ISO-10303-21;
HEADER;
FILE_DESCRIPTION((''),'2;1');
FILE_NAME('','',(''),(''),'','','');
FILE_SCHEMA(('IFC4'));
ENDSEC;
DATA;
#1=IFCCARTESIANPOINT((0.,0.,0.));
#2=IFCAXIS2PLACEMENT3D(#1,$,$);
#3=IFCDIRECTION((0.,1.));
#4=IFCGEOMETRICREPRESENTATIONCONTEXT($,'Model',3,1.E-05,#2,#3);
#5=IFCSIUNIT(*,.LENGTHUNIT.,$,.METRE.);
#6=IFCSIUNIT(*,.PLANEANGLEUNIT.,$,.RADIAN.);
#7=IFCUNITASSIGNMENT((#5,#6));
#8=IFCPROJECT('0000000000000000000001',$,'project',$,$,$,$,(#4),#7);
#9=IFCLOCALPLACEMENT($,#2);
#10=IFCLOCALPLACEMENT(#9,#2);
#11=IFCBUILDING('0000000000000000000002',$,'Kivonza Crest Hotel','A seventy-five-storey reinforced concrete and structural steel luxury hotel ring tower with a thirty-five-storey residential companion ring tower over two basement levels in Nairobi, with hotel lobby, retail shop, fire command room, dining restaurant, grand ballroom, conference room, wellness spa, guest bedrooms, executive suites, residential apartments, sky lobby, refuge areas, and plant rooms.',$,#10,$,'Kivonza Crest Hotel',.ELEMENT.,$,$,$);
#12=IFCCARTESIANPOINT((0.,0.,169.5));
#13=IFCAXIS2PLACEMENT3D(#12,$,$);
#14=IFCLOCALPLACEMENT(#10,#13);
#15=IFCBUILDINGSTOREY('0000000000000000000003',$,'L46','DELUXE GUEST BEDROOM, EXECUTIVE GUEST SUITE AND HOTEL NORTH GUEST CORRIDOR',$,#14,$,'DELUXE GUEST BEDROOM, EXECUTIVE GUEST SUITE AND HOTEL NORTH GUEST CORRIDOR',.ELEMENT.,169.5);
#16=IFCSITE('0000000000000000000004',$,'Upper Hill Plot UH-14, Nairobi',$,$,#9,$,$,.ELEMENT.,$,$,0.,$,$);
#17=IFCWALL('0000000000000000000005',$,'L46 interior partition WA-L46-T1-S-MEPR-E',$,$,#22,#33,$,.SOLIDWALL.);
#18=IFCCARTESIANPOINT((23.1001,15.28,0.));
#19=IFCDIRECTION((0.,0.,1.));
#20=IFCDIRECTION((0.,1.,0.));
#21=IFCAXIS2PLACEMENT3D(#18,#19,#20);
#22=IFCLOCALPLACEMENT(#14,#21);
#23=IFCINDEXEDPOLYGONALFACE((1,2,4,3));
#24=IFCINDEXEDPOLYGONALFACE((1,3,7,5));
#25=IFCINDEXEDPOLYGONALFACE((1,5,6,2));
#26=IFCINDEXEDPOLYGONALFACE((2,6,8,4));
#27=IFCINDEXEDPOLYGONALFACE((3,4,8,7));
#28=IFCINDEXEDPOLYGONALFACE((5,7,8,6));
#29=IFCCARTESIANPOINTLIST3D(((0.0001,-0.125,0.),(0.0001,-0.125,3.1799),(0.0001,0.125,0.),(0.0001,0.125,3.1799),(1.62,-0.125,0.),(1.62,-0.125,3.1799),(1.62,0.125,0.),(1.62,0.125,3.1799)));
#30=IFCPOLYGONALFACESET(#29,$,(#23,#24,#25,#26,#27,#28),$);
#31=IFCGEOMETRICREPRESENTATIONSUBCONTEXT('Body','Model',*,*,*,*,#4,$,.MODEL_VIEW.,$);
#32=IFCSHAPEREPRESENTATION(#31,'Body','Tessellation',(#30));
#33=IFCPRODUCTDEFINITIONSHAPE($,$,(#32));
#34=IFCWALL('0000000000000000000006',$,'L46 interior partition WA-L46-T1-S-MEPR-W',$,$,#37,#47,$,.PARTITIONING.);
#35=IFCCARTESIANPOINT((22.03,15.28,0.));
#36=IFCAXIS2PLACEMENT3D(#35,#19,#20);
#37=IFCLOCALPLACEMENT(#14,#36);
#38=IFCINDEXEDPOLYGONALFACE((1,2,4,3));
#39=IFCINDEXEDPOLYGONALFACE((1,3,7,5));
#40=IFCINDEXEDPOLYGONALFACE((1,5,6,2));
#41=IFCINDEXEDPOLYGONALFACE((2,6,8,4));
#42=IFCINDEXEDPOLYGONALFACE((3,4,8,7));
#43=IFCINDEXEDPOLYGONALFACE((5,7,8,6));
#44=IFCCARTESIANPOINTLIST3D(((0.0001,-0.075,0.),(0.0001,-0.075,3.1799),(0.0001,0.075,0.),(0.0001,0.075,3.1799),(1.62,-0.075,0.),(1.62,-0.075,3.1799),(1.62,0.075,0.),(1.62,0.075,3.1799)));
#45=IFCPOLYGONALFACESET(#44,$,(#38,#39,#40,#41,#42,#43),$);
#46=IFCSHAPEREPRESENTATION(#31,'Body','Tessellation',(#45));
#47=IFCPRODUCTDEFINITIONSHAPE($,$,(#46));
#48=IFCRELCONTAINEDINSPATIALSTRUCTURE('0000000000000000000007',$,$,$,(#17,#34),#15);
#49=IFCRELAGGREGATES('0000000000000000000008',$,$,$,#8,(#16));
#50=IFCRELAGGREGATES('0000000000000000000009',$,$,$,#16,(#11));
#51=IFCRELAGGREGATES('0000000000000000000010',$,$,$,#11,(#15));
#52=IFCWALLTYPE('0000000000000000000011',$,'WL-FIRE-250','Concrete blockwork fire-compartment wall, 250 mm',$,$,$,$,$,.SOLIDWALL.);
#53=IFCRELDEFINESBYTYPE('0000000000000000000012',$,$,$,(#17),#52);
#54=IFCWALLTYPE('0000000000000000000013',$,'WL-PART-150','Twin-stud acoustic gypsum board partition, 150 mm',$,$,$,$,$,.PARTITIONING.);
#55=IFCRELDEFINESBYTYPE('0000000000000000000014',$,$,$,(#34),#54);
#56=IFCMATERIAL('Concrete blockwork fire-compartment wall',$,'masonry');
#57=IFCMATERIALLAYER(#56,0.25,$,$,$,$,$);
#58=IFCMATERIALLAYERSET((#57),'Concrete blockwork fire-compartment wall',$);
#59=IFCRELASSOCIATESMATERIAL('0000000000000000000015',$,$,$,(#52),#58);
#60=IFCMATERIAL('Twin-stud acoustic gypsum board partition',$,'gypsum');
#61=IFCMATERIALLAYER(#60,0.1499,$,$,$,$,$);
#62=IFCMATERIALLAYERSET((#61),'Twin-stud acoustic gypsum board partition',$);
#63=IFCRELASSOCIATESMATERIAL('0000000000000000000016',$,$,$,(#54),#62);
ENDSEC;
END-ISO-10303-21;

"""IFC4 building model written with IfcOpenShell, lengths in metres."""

from ifc_helpers import new_model, si_unit, direction, frame, frame_2d, origin, place, context, subcontext, project, spatial, rectangle, extrude, material, layer, layer_set, type_object, element, save


model = new_model("IFC4")

# Units and contexts
model_context = context("Model", 3, precision=1e-05, world=origin(), true_north=direction((0.0, 1.0)))
body_context = subcontext(model_context, "Body", "Model", "MODEL_VIEW")
ifc_project = project(units=[si_unit("LENGTHUNIT", "METRE"), si_unit("PLANEANGLEUNIT", "RADIAN")], contexts=[model_context])

# Site, building, storey
site_placement = place(None, origin())
site = spatial("IfcSite", under=ifc_project, at=site_placement, Name="Upper Hill Plot UH-14, Nairobi", CompositionType="ELEMENT", RefElevation=0.0)
building_placement = place(site_placement, origin())
building = spatial("IfcBuilding", under=site, at=building_placement, Name="Kivonza Crest Hotel", Description="A seventy-five-storey reinforced concrete and structural steel luxury hotel ring tower with a thirty-five-storey residential companion ring tower over two basement levels in Nairobi, with hotel lobby, retail shop, fire command room, dining restaurant, grand ballroom, conference room, wellness spa, guest bedrooms, executive suites, residential apartments, sky lobby, refuge areas, and plant rooms.", LongName="Kivonza Crest Hotel", CompositionType="ELEMENT")
storey_placement = place(building_placement, frame((0.0, 0.0, 169.5)))
storey = spatial("IfcBuildingStorey", under=building, at=storey_placement, Name="L46", Description="DELUXE GUEST BEDROOM, EXECUTIVE GUEST SUITE AND HOTEL NORTH GUEST CORRIDOR", LongName="DELUXE GUEST BEDROOM, EXECUTIVE GUEST SUITE AND HOTEL NORTH GUEST CORRIDOR", CompositionType="ELEMENT", Elevation=169.5)

# Walls
ifc_material_1 = material(Name="Concrete blockwork fire-compartment wall", Category="masonry")
ifc_layer_1 = layer(ifc_material_1, 0.25)
ifc_layer_set_1 = layer_set([ifc_layer_1], Name="Concrete blockwork fire-compartment wall")
wall_type_1 = type_object("IfcWallType", Name="WL-FIRE-250", Description="Concrete blockwork fire-compartment wall, 250 mm", PredefinedType="SOLIDWALL", material=ifc_layer_set_1)
wall_1_placement = place(storey_placement, frame((23.1001, 15.28, 0.0), z_axis=(0.0, 0.0, 1.0), x_axis=(0.0, 1.0, 0.0)))
element("IfcWall", 1, at=wall_1_placement, inside=storey, type_object=wall_type_1, Name="L46 interior partition WA-L46-T1-S-MEPR-E", PredefinedType="SOLIDWALL", context=body_context, shape_type="SweptSolid", body=[
    extrude(rectangle(XDim=1.6199, YDim=0.25, at=frame_2d((0.8101, 0.0))), origin(), (0.0, 0.0, 1.0), 3.1799),
])
ifc_material_2 = material(Name="Twin-stud acoustic gypsum board partition", Category="gypsum")
ifc_layer_2 = layer(ifc_material_2, 0.1499)
ifc_layer_set_2 = layer_set([ifc_layer_2], Name="Twin-stud acoustic gypsum board partition")
wall_type_2 = type_object("IfcWallType", Name="WL-PART-150", Description="Twin-stud acoustic gypsum board partition, 150 mm", PredefinedType="PARTITIONING", material=ifc_layer_set_2)
wall_2_placement = place(storey_placement, frame((22.03, 15.28, 0.0), z_axis=(0.0, 0.0, 1.0), x_axis=(0.0, 1.0, 0.0)))
element("IfcWall", 2, at=wall_2_placement, inside=storey, type_object=wall_type_2, Name="L46 interior partition WA-L46-T1-S-MEPR-W", PredefinedType="PARTITIONING", context=body_context, shape_type="SweptSolid", body=[
    extrude(rectangle(XDim=1.6199, YDim=0.1499, at=frame_2d((0.8101, 0.0))), origin(), (0.0, 0.0, 1.0), 3.1799),
])

save(model, "model.ifc")
